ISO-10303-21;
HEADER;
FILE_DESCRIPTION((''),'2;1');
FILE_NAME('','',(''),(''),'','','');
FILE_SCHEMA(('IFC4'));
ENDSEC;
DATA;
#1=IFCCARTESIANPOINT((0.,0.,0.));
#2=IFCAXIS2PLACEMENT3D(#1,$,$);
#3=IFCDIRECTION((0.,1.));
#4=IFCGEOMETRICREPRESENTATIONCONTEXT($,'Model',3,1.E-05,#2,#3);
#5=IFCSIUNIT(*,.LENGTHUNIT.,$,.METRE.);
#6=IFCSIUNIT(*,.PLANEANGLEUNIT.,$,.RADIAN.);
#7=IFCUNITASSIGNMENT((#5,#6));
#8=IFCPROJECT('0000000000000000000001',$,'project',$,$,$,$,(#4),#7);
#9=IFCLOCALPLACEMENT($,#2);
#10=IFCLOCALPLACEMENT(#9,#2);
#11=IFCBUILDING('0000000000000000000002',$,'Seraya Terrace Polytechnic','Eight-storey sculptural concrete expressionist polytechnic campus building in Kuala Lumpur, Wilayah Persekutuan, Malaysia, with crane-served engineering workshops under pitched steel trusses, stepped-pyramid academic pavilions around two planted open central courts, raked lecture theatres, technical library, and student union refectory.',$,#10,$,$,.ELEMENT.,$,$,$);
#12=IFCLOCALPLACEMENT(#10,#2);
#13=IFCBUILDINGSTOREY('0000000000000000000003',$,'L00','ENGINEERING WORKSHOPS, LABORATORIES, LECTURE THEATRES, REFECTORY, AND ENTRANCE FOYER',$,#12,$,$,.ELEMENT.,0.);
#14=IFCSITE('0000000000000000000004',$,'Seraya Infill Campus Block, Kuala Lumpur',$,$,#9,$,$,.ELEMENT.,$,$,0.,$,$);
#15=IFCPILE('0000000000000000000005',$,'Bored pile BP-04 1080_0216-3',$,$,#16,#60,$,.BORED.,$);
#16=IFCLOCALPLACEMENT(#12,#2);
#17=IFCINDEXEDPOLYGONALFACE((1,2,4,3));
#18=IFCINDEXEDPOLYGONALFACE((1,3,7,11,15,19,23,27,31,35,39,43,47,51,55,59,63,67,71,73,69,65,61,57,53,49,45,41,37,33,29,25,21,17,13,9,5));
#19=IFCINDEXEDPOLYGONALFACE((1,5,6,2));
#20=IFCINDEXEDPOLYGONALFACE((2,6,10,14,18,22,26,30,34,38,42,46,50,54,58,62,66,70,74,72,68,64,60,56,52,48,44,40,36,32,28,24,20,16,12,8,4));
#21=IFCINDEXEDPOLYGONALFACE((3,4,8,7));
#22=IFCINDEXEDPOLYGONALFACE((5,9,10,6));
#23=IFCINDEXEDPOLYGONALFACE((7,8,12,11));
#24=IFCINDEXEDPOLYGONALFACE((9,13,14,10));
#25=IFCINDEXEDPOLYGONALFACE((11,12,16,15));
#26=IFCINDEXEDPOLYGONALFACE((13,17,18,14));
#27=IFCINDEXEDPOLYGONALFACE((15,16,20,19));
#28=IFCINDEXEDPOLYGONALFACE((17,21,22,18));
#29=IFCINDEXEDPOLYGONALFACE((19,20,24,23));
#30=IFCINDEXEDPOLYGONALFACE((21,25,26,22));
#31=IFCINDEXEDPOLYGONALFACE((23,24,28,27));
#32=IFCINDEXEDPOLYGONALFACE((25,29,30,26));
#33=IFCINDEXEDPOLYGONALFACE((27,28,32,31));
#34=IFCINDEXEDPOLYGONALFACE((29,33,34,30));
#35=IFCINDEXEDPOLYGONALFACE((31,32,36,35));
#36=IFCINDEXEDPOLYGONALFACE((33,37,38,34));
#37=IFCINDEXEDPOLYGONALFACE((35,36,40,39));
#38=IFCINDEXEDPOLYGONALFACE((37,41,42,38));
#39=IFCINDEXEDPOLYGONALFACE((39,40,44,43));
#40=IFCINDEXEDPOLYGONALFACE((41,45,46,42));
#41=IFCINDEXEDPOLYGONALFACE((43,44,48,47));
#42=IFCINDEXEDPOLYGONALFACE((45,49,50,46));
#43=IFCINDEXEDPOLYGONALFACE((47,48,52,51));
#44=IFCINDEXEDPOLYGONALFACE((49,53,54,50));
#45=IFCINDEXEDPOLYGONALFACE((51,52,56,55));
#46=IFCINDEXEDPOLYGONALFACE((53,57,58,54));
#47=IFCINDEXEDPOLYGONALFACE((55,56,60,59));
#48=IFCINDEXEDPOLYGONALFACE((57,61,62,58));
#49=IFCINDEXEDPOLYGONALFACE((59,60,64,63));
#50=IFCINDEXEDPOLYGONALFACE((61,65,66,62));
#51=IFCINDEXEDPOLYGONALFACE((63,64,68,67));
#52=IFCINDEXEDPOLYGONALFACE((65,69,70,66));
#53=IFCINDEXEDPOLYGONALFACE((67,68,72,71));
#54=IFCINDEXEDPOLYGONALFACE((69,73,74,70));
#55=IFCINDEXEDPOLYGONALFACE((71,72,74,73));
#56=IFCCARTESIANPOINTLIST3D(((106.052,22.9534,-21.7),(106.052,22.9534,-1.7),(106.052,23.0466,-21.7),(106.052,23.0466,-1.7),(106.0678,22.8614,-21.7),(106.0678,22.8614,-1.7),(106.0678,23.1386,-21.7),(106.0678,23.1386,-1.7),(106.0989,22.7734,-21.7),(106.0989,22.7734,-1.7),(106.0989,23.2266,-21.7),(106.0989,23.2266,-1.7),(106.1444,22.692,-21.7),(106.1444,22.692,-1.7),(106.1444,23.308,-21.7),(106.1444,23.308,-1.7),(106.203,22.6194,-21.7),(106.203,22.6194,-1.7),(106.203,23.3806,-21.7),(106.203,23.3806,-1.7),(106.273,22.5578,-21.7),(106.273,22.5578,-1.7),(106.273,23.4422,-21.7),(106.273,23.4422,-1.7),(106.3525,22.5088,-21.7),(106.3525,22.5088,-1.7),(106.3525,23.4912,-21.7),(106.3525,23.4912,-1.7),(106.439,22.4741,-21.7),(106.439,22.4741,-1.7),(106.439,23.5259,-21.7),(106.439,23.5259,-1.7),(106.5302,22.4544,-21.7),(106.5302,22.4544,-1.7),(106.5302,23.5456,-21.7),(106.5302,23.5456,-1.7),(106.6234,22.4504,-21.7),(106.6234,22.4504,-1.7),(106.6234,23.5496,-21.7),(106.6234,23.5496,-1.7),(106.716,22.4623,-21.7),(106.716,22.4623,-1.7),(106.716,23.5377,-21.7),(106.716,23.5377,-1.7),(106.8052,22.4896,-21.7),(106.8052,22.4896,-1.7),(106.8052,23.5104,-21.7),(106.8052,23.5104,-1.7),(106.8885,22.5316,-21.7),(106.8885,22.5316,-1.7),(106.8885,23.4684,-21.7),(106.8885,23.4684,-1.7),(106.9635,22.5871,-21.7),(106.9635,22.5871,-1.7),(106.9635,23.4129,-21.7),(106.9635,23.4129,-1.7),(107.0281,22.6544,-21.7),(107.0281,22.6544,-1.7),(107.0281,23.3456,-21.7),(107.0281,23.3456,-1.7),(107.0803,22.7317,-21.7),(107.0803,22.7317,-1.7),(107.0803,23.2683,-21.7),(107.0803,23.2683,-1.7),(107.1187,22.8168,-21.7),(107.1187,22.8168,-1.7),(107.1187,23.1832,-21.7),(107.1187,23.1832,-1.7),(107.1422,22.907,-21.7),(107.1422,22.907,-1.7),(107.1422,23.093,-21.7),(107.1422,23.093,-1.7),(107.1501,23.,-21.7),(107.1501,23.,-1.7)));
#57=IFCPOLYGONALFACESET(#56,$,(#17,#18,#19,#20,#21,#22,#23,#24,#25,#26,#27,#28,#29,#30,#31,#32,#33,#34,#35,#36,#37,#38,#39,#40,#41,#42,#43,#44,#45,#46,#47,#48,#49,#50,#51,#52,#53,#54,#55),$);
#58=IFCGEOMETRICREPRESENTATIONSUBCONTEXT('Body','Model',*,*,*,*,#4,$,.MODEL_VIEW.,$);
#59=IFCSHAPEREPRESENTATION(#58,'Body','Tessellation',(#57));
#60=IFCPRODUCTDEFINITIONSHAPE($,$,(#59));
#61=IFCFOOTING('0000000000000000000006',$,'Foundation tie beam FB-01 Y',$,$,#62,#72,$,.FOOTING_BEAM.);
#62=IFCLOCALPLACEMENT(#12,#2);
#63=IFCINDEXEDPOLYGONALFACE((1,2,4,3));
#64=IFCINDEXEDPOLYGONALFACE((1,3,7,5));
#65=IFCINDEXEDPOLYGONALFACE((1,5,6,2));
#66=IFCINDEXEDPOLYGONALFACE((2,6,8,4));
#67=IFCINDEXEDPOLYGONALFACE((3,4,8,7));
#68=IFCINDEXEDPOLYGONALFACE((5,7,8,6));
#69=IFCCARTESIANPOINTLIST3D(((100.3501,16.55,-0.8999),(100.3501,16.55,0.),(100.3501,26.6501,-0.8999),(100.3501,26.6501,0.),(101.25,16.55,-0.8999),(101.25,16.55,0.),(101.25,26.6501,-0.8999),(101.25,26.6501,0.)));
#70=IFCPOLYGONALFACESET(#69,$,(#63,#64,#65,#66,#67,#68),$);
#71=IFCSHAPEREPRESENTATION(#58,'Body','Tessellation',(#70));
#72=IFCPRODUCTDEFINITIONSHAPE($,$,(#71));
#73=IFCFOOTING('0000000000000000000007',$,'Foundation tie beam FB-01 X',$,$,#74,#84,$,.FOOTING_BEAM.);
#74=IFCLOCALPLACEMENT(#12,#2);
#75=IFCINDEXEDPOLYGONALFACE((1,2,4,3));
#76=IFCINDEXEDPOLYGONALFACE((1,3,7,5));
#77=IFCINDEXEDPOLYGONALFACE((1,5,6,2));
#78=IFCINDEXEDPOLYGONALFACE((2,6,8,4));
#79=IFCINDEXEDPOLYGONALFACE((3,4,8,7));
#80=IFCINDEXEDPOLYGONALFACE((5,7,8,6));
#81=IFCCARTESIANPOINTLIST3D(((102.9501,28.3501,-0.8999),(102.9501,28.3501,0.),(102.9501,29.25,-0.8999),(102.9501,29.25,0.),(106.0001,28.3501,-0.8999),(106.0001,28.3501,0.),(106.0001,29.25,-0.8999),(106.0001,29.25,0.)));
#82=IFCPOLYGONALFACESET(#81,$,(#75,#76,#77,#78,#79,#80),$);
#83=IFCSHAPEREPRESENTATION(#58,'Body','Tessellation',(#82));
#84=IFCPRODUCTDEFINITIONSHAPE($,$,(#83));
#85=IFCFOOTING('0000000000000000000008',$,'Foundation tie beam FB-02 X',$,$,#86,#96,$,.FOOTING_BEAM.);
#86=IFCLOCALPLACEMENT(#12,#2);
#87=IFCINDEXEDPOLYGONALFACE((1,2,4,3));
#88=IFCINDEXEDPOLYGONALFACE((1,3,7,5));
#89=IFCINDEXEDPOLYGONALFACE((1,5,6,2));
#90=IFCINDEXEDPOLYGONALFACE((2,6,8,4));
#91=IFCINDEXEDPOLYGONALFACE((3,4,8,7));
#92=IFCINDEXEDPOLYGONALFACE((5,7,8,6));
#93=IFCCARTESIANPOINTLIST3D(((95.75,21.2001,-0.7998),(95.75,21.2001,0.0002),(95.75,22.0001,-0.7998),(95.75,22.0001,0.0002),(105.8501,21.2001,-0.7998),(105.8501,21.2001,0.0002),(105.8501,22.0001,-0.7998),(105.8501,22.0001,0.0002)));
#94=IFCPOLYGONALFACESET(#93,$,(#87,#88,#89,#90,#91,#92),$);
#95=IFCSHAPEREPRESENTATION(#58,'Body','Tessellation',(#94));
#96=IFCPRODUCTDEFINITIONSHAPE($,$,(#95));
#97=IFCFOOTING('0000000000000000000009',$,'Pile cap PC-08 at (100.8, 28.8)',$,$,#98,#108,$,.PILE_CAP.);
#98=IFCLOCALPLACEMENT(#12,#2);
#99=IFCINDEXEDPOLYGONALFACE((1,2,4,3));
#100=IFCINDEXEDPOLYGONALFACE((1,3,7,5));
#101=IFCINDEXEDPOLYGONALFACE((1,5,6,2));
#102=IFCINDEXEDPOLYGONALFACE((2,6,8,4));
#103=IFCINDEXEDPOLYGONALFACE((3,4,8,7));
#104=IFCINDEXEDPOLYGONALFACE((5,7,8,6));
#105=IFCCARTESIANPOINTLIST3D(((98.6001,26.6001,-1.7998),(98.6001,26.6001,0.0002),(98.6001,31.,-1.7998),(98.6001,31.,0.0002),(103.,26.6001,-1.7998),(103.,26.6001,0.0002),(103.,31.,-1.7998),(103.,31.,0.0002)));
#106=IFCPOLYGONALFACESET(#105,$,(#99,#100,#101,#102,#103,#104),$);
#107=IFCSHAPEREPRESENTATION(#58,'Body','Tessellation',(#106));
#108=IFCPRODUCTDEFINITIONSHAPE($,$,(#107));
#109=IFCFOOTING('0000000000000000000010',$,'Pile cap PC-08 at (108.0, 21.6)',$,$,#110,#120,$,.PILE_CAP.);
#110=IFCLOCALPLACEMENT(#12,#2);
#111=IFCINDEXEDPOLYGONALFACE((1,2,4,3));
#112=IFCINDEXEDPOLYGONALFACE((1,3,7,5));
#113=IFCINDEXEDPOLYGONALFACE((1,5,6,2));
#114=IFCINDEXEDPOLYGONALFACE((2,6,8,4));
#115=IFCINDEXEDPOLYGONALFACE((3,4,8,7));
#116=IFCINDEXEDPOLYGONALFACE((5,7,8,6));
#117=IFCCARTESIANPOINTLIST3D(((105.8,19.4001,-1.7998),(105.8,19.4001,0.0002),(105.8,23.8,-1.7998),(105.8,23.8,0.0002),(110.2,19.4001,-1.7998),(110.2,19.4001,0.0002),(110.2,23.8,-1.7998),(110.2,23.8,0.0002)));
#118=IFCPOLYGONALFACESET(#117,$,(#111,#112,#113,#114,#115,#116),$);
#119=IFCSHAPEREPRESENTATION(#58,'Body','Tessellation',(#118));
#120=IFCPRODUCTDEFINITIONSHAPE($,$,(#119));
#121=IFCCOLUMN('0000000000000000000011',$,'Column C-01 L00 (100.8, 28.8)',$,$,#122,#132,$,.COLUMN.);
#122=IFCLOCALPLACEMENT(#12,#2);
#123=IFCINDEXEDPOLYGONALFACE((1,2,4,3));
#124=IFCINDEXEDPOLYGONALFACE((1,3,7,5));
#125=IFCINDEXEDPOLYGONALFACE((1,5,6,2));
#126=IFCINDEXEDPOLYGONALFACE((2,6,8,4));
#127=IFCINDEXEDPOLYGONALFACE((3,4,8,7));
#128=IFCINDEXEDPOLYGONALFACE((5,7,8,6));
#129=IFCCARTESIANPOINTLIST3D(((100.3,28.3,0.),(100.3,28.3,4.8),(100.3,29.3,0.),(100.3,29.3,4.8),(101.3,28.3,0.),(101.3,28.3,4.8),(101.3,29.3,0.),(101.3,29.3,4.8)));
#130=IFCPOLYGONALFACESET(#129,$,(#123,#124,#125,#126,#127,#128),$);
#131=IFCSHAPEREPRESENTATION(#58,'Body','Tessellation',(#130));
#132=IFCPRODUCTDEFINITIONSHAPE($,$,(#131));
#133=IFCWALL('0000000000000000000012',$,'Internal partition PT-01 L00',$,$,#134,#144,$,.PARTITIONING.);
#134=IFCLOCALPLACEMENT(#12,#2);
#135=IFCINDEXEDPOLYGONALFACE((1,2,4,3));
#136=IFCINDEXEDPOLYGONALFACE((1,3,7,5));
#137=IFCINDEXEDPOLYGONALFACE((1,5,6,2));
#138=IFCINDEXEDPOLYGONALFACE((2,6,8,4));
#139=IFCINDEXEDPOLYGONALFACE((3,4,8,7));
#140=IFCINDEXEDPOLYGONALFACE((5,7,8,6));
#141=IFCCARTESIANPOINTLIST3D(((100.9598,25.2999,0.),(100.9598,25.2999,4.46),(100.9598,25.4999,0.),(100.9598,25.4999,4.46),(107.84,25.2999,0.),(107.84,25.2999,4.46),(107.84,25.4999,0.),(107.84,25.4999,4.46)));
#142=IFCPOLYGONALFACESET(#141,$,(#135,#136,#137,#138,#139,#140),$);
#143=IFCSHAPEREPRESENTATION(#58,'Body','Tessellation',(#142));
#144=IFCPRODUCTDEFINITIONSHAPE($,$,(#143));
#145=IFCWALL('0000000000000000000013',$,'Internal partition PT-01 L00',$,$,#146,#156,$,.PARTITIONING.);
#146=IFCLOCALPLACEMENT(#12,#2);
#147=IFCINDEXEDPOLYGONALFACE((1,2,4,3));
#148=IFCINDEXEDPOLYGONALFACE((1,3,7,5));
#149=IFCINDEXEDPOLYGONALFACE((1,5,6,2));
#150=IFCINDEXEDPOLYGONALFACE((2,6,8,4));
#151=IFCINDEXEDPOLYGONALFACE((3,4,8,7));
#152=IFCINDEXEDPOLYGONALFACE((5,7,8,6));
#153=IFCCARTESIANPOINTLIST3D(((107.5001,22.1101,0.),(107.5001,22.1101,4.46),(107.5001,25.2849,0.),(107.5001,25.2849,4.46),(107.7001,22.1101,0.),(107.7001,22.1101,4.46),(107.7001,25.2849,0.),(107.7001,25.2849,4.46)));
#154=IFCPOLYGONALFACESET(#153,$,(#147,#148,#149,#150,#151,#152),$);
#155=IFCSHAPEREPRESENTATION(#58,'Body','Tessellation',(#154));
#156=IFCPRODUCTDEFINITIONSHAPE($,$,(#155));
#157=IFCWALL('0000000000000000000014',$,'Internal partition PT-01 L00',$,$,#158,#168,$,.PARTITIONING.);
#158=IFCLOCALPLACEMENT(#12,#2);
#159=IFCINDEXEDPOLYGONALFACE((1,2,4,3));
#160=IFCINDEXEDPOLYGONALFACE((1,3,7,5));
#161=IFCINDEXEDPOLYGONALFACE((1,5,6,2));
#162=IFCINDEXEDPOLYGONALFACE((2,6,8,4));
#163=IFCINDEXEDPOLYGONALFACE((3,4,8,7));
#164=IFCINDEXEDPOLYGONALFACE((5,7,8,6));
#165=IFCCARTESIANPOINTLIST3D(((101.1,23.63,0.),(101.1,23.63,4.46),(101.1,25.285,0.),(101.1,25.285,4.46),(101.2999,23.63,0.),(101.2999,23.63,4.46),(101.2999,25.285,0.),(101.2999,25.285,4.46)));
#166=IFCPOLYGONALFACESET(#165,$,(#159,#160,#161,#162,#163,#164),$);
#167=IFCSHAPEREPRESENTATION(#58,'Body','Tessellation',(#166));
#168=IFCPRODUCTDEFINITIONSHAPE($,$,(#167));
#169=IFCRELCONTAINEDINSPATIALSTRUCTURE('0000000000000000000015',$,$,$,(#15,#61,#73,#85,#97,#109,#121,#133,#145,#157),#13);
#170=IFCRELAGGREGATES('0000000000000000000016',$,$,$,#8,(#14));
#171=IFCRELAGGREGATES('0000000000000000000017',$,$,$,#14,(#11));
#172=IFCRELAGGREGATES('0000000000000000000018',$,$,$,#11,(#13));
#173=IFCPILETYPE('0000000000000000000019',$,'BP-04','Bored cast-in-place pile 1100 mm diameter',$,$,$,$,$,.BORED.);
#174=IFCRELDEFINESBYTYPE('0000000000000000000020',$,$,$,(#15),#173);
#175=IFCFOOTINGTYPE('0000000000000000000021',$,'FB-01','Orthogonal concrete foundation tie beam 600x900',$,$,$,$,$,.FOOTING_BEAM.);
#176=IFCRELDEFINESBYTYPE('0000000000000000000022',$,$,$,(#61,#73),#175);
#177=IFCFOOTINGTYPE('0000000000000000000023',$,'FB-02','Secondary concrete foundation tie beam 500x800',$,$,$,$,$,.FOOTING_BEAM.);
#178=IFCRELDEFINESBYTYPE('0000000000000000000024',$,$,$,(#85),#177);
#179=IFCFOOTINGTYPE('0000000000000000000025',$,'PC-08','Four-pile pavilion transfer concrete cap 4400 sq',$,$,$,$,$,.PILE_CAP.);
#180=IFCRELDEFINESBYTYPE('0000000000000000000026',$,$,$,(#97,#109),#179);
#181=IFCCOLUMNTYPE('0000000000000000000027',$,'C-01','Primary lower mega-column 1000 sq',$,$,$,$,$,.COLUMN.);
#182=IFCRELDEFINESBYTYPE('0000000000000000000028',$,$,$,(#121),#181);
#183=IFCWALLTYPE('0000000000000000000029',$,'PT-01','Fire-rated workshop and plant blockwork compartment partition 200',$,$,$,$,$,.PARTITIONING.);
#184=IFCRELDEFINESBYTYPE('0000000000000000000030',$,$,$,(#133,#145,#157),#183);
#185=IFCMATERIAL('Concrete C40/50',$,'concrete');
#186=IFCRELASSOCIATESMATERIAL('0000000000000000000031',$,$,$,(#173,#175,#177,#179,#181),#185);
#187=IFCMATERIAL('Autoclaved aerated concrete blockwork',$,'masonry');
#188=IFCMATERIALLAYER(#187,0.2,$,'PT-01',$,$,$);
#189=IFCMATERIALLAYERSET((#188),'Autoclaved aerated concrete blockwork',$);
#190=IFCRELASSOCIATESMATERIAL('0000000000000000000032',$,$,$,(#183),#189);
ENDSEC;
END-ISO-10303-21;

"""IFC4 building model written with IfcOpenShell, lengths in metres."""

from ifc_helpers import new_model, si_unit, direction, frame, frame_2d, origin, origin_2d, place, context, subcontext, project, spatial, rectangle, circle, extrude, material, layer, layer_set, material_profile, profile_set, type_object, element, save


model = new_model("IFC4")

# Units and contexts
model_context = context("Model", 3, precision=1e-05, world=origin(), true_north=direction((0.0, 1.0)))
body_context = subcontext(model_context, "Body", "Model", "MODEL_VIEW")
ifc_project = project(units=[si_unit("LENGTHUNIT", "METRE"), si_unit("PLANEANGLEUNIT", "RADIAN")], contexts=[model_context])

# Site, building, storey
site_placement = place(None, origin())
site = spatial("IfcSite", under=ifc_project, at=site_placement, Name="Seraya Infill Campus Block, Kuala Lumpur", CompositionType="ELEMENT", RefElevation=0.0)
building_placement = place(site_placement, origin())
building = spatial("IfcBuilding", under=site, at=building_placement, Name="Seraya Terrace Polytechnic", Description="Eight-storey sculptural concrete expressionist polytechnic campus building in Kuala Lumpur, Wilayah Persekutuan, Malaysia, with crane-served engineering workshops under pitched steel trusses, stepped-pyramid academic pavilions around two planted open central courts, raked lecture theatres, technical library, and student union refectory.", CompositionType="ELEMENT")
storey_placement = place(building_placement, origin())
storey = spatial("IfcBuildingStorey", under=building, at=storey_placement, Name="L00", Description="ENGINEERING WORKSHOPS, LABORATORIES, LECTURE THEATRES, REFECTORY, AND ENTRANCE FOYER", CompositionType="ELEMENT", Elevation=0.0)

# Pile
ifc_material_1 = material(Name="Concrete C40/50", Category="concrete")
ifc_material_profile_1 = material_profile(ifc_material_1, circle(Radius=0.55, at=origin_2d()), Name="DIA 1100")
ifc_profile_set_1 = profile_set([ifc_material_profile_1], Name="Concrete C40/50")
pile_type_1 = type_object("IfcPileType", Name="BP-04", Description="Bored cast-in-place pile 1100 mm diameter", PredefinedType="BORED", material=ifc_profile_set_1)
for number, where, z_axis, x_axis, name in (
    (1, (106.6001, 23.0, -1.7), (0.0, 0.0, -1.0), (1.0, 0.0, 0.0), "Bored pile BP-04 1080_0216-3"),
):
    element("IfcPile", number, at=place(storey_placement, frame(where, z_axis=z_axis, x_axis=x_axis)), inside=storey, type_object=pile_type_1, Name=name, PredefinedType="BORED", context=body_context, shape_type="SweptSolid", body=[
        extrude(circle(Radius=0.55, at=origin_2d()), origin(), (0.0, 0.0, 1.0), 20.0),
    ])

# Footings
footing_type_1 = type_object("IfcFootingType", Name="FB-01", Description="Orthogonal concrete foundation tie beam 600x900", PredefinedType="FOOTING_BEAM", material=ifc_material_1)
footing_1_placement = place(storey_placement, frame((100.8, 21.6001, -0.8999), z_axis=(0.0, 0.0, 1.0), x_axis=(0.0, 1.0, 0.0)))
element("IfcFooting", 2, at=footing_1_placement, inside=storey, type_object=footing_type_1, Name="Foundation tie beam FB-01 Y", PredefinedType="FOOTING_BEAM", context=body_context, shape_type="SweptSolid", body=[
    extrude(rectangle(XDim=10.1001, YDim=0.8999, at=origin_2d()), origin(), (0.0, 0.0, 1.0), 0.8999),
])
footing_2_placement = place(storey_placement, frame((104.4751, 28.8, -0.8999), z_axis=(0.0, 0.0, 1.0), x_axis=(1.0, 0.0, 0.0)))
element("IfcFooting", 3, at=footing_2_placement, inside=storey, type_object=footing_type_1, Name="Foundation tie beam FB-01 X", PredefinedType="FOOTING_BEAM", context=body_context, shape_type="SweptSolid", body=[
    extrude(rectangle(XDim=3.05, YDim=0.8999, at=origin_2d()), origin(), (0.0, 0.0, 1.0), 0.8999),
])
footing_type_2 = type_object("IfcFootingType", Name="FB-02", Description="Secondary concrete foundation tie beam 500x800", PredefinedType="FOOTING_BEAM", material=ifc_material_1)
footing_3_placement = place(storey_placement, frame((100.8, 21.6001, -0.7998), z_axis=(0.0, 0.0, 1.0), x_axis=(1.0, 0.0, 0.0)))
element("IfcFooting", 4, at=footing_3_placement, inside=storey, type_object=footing_type_2, Name="Foundation tie beam FB-02 X", PredefinedType="FOOTING_BEAM", context=body_context, shape_type="SweptSolid", body=[
    extrude(rectangle(XDim=10.1001, YDim=0.8, at=origin_2d()), origin(), (0.0, 0.0, 1.0), 0.8),
])
footing_type_3 = type_object("IfcFootingType", Name="PC-08", Description="Four-pile pavilion transfer concrete cap 4400 sq", PredefinedType="PILE_CAP", material=ifc_material_1)
for number, where, z_axis, x_axis, name in (
    (5, (100.8, 28.8, -1.7998), (0.0, 0.0, 1.0), (1.0, 0.0, 0.0), "Pile cap PC-08 at (100.8, 28.8)"),
    (6, (108.0, 21.6001, -1.7998), (0.0, 0.0, 1.0), (1.0, 0.0, 0.0), "Pile cap PC-08 at (108.0, 21.6)"),
):
    element("IfcFooting", number, at=place(storey_placement, frame(where, z_axis=z_axis, x_axis=x_axis)), inside=storey, type_object=footing_type_3, Name=name, PredefinedType="PILE_CAP", context=body_context, shape_type="SweptSolid", body=[
        extrude(rectangle(XDim=4.3999, YDim=4.3999, at=origin_2d()), origin(), (0.0, 0.0, 1.0), 1.8),
    ])

# Column
ifc_material_profile_2 = material_profile(ifc_material_1, rectangle(XDim=1.0, YDim=1.0, at=origin_2d()), Name="RC 1000x1000")
ifc_profile_set_2 = profile_set([ifc_material_profile_2], Name="Concrete C40/50")
column_type = type_object("IfcColumnType", Name="C-01", Description="Primary lower mega-column 1000 sq", PredefinedType="COLUMN", material=ifc_profile_set_2)
column_placement = place(storey_placement, frame((100.8, 28.8, 0.0), z_axis=(0.0, 0.0, 1.0), x_axis=(1.0, 0.0, 0.0)))
element("IfcColumn", 7, at=column_placement, inside=storey, type_object=column_type, Name="Column C-01 L00 (100.8, 28.8)", PredefinedType="COLUMN", context=body_context, shape_type="SweptSolid", body=[
    extrude(rectangle(XDim=1.0, YDim=1.0, at=origin_2d()), origin(), (0.0, 0.0, 1.0), 4.8),
])

# Walls
ifc_material_2 = material(Name="Autoclaved aerated concrete blockwork", Category="masonry")
ifc_layer_1 = layer(ifc_material_2, 0.2, Name="PT-01")
ifc_layer_set_1 = layer_set([ifc_layer_1], Name="Autoclaved aerated concrete blockwork")
wall_type_1 = type_object("IfcWallType", Name="PT-01", Description="Fire-rated workshop and plant blockwork compartment partition 200", PredefinedType="PARTITIONING", material=ifc_layer_set_1)
wall_1_placement = place(storey_placement, frame((100.96, 25.3999, 0.0), z_axis=(0.0, 0.0, 1.0), x_axis=(1.0, 0.0, 0.0)))
element("IfcWall", 8, at=wall_1_placement, inside=storey, type_object=wall_type_1, Name="Internal partition PT-01 L00", PredefinedType="PARTITIONING", context=body_context, shape_type="SweptSolid", body=[
    extrude(rectangle(XDim=6.8801, YDim=0.2, at=frame_2d((3.4399, 0.0))), origin(), (0.0, 0.0, 1.0), 4.46),
])
wall_2_placement = place(storey_placement, frame((107.6001, 22.1101, 0.0), z_axis=(0.0, 0.0, 1.0), x_axis=(0.0, 1.0, 0.0)))
element("IfcWall", 9, at=wall_2_placement, inside=storey, type_object=wall_type_1, Name="Internal partition PT-01 L00", PredefinedType="PARTITIONING", context=body_context, shape_type="SweptSolid", body=[
    extrude(rectangle(XDim=3.1748, YDim=0.2, at=frame_2d((1.5874, 0.0))), origin(), (0.0, 0.0, 1.0), 4.46),
])
wall_3_placement = place(storey_placement, frame((101.2, 23.6299, 0.0), z_axis=(0.0, 0.0, 1.0), x_axis=(0.0, 1.0, 0.0)))
element("IfcWall", 10, at=wall_3_placement, inside=storey, type_object=wall_type_1, Name="Internal partition PT-01 L00", PredefinedType="PARTITIONING", context=body_context, shape_type="SweptSolid", body=[
    extrude(rectangle(XDim=1.655, YDim=0.2, at=frame_2d((0.8276, 0.0))), origin(), (0.0, 0.0, 1.0), 4.46),
])

save(model, "model.ifc")
